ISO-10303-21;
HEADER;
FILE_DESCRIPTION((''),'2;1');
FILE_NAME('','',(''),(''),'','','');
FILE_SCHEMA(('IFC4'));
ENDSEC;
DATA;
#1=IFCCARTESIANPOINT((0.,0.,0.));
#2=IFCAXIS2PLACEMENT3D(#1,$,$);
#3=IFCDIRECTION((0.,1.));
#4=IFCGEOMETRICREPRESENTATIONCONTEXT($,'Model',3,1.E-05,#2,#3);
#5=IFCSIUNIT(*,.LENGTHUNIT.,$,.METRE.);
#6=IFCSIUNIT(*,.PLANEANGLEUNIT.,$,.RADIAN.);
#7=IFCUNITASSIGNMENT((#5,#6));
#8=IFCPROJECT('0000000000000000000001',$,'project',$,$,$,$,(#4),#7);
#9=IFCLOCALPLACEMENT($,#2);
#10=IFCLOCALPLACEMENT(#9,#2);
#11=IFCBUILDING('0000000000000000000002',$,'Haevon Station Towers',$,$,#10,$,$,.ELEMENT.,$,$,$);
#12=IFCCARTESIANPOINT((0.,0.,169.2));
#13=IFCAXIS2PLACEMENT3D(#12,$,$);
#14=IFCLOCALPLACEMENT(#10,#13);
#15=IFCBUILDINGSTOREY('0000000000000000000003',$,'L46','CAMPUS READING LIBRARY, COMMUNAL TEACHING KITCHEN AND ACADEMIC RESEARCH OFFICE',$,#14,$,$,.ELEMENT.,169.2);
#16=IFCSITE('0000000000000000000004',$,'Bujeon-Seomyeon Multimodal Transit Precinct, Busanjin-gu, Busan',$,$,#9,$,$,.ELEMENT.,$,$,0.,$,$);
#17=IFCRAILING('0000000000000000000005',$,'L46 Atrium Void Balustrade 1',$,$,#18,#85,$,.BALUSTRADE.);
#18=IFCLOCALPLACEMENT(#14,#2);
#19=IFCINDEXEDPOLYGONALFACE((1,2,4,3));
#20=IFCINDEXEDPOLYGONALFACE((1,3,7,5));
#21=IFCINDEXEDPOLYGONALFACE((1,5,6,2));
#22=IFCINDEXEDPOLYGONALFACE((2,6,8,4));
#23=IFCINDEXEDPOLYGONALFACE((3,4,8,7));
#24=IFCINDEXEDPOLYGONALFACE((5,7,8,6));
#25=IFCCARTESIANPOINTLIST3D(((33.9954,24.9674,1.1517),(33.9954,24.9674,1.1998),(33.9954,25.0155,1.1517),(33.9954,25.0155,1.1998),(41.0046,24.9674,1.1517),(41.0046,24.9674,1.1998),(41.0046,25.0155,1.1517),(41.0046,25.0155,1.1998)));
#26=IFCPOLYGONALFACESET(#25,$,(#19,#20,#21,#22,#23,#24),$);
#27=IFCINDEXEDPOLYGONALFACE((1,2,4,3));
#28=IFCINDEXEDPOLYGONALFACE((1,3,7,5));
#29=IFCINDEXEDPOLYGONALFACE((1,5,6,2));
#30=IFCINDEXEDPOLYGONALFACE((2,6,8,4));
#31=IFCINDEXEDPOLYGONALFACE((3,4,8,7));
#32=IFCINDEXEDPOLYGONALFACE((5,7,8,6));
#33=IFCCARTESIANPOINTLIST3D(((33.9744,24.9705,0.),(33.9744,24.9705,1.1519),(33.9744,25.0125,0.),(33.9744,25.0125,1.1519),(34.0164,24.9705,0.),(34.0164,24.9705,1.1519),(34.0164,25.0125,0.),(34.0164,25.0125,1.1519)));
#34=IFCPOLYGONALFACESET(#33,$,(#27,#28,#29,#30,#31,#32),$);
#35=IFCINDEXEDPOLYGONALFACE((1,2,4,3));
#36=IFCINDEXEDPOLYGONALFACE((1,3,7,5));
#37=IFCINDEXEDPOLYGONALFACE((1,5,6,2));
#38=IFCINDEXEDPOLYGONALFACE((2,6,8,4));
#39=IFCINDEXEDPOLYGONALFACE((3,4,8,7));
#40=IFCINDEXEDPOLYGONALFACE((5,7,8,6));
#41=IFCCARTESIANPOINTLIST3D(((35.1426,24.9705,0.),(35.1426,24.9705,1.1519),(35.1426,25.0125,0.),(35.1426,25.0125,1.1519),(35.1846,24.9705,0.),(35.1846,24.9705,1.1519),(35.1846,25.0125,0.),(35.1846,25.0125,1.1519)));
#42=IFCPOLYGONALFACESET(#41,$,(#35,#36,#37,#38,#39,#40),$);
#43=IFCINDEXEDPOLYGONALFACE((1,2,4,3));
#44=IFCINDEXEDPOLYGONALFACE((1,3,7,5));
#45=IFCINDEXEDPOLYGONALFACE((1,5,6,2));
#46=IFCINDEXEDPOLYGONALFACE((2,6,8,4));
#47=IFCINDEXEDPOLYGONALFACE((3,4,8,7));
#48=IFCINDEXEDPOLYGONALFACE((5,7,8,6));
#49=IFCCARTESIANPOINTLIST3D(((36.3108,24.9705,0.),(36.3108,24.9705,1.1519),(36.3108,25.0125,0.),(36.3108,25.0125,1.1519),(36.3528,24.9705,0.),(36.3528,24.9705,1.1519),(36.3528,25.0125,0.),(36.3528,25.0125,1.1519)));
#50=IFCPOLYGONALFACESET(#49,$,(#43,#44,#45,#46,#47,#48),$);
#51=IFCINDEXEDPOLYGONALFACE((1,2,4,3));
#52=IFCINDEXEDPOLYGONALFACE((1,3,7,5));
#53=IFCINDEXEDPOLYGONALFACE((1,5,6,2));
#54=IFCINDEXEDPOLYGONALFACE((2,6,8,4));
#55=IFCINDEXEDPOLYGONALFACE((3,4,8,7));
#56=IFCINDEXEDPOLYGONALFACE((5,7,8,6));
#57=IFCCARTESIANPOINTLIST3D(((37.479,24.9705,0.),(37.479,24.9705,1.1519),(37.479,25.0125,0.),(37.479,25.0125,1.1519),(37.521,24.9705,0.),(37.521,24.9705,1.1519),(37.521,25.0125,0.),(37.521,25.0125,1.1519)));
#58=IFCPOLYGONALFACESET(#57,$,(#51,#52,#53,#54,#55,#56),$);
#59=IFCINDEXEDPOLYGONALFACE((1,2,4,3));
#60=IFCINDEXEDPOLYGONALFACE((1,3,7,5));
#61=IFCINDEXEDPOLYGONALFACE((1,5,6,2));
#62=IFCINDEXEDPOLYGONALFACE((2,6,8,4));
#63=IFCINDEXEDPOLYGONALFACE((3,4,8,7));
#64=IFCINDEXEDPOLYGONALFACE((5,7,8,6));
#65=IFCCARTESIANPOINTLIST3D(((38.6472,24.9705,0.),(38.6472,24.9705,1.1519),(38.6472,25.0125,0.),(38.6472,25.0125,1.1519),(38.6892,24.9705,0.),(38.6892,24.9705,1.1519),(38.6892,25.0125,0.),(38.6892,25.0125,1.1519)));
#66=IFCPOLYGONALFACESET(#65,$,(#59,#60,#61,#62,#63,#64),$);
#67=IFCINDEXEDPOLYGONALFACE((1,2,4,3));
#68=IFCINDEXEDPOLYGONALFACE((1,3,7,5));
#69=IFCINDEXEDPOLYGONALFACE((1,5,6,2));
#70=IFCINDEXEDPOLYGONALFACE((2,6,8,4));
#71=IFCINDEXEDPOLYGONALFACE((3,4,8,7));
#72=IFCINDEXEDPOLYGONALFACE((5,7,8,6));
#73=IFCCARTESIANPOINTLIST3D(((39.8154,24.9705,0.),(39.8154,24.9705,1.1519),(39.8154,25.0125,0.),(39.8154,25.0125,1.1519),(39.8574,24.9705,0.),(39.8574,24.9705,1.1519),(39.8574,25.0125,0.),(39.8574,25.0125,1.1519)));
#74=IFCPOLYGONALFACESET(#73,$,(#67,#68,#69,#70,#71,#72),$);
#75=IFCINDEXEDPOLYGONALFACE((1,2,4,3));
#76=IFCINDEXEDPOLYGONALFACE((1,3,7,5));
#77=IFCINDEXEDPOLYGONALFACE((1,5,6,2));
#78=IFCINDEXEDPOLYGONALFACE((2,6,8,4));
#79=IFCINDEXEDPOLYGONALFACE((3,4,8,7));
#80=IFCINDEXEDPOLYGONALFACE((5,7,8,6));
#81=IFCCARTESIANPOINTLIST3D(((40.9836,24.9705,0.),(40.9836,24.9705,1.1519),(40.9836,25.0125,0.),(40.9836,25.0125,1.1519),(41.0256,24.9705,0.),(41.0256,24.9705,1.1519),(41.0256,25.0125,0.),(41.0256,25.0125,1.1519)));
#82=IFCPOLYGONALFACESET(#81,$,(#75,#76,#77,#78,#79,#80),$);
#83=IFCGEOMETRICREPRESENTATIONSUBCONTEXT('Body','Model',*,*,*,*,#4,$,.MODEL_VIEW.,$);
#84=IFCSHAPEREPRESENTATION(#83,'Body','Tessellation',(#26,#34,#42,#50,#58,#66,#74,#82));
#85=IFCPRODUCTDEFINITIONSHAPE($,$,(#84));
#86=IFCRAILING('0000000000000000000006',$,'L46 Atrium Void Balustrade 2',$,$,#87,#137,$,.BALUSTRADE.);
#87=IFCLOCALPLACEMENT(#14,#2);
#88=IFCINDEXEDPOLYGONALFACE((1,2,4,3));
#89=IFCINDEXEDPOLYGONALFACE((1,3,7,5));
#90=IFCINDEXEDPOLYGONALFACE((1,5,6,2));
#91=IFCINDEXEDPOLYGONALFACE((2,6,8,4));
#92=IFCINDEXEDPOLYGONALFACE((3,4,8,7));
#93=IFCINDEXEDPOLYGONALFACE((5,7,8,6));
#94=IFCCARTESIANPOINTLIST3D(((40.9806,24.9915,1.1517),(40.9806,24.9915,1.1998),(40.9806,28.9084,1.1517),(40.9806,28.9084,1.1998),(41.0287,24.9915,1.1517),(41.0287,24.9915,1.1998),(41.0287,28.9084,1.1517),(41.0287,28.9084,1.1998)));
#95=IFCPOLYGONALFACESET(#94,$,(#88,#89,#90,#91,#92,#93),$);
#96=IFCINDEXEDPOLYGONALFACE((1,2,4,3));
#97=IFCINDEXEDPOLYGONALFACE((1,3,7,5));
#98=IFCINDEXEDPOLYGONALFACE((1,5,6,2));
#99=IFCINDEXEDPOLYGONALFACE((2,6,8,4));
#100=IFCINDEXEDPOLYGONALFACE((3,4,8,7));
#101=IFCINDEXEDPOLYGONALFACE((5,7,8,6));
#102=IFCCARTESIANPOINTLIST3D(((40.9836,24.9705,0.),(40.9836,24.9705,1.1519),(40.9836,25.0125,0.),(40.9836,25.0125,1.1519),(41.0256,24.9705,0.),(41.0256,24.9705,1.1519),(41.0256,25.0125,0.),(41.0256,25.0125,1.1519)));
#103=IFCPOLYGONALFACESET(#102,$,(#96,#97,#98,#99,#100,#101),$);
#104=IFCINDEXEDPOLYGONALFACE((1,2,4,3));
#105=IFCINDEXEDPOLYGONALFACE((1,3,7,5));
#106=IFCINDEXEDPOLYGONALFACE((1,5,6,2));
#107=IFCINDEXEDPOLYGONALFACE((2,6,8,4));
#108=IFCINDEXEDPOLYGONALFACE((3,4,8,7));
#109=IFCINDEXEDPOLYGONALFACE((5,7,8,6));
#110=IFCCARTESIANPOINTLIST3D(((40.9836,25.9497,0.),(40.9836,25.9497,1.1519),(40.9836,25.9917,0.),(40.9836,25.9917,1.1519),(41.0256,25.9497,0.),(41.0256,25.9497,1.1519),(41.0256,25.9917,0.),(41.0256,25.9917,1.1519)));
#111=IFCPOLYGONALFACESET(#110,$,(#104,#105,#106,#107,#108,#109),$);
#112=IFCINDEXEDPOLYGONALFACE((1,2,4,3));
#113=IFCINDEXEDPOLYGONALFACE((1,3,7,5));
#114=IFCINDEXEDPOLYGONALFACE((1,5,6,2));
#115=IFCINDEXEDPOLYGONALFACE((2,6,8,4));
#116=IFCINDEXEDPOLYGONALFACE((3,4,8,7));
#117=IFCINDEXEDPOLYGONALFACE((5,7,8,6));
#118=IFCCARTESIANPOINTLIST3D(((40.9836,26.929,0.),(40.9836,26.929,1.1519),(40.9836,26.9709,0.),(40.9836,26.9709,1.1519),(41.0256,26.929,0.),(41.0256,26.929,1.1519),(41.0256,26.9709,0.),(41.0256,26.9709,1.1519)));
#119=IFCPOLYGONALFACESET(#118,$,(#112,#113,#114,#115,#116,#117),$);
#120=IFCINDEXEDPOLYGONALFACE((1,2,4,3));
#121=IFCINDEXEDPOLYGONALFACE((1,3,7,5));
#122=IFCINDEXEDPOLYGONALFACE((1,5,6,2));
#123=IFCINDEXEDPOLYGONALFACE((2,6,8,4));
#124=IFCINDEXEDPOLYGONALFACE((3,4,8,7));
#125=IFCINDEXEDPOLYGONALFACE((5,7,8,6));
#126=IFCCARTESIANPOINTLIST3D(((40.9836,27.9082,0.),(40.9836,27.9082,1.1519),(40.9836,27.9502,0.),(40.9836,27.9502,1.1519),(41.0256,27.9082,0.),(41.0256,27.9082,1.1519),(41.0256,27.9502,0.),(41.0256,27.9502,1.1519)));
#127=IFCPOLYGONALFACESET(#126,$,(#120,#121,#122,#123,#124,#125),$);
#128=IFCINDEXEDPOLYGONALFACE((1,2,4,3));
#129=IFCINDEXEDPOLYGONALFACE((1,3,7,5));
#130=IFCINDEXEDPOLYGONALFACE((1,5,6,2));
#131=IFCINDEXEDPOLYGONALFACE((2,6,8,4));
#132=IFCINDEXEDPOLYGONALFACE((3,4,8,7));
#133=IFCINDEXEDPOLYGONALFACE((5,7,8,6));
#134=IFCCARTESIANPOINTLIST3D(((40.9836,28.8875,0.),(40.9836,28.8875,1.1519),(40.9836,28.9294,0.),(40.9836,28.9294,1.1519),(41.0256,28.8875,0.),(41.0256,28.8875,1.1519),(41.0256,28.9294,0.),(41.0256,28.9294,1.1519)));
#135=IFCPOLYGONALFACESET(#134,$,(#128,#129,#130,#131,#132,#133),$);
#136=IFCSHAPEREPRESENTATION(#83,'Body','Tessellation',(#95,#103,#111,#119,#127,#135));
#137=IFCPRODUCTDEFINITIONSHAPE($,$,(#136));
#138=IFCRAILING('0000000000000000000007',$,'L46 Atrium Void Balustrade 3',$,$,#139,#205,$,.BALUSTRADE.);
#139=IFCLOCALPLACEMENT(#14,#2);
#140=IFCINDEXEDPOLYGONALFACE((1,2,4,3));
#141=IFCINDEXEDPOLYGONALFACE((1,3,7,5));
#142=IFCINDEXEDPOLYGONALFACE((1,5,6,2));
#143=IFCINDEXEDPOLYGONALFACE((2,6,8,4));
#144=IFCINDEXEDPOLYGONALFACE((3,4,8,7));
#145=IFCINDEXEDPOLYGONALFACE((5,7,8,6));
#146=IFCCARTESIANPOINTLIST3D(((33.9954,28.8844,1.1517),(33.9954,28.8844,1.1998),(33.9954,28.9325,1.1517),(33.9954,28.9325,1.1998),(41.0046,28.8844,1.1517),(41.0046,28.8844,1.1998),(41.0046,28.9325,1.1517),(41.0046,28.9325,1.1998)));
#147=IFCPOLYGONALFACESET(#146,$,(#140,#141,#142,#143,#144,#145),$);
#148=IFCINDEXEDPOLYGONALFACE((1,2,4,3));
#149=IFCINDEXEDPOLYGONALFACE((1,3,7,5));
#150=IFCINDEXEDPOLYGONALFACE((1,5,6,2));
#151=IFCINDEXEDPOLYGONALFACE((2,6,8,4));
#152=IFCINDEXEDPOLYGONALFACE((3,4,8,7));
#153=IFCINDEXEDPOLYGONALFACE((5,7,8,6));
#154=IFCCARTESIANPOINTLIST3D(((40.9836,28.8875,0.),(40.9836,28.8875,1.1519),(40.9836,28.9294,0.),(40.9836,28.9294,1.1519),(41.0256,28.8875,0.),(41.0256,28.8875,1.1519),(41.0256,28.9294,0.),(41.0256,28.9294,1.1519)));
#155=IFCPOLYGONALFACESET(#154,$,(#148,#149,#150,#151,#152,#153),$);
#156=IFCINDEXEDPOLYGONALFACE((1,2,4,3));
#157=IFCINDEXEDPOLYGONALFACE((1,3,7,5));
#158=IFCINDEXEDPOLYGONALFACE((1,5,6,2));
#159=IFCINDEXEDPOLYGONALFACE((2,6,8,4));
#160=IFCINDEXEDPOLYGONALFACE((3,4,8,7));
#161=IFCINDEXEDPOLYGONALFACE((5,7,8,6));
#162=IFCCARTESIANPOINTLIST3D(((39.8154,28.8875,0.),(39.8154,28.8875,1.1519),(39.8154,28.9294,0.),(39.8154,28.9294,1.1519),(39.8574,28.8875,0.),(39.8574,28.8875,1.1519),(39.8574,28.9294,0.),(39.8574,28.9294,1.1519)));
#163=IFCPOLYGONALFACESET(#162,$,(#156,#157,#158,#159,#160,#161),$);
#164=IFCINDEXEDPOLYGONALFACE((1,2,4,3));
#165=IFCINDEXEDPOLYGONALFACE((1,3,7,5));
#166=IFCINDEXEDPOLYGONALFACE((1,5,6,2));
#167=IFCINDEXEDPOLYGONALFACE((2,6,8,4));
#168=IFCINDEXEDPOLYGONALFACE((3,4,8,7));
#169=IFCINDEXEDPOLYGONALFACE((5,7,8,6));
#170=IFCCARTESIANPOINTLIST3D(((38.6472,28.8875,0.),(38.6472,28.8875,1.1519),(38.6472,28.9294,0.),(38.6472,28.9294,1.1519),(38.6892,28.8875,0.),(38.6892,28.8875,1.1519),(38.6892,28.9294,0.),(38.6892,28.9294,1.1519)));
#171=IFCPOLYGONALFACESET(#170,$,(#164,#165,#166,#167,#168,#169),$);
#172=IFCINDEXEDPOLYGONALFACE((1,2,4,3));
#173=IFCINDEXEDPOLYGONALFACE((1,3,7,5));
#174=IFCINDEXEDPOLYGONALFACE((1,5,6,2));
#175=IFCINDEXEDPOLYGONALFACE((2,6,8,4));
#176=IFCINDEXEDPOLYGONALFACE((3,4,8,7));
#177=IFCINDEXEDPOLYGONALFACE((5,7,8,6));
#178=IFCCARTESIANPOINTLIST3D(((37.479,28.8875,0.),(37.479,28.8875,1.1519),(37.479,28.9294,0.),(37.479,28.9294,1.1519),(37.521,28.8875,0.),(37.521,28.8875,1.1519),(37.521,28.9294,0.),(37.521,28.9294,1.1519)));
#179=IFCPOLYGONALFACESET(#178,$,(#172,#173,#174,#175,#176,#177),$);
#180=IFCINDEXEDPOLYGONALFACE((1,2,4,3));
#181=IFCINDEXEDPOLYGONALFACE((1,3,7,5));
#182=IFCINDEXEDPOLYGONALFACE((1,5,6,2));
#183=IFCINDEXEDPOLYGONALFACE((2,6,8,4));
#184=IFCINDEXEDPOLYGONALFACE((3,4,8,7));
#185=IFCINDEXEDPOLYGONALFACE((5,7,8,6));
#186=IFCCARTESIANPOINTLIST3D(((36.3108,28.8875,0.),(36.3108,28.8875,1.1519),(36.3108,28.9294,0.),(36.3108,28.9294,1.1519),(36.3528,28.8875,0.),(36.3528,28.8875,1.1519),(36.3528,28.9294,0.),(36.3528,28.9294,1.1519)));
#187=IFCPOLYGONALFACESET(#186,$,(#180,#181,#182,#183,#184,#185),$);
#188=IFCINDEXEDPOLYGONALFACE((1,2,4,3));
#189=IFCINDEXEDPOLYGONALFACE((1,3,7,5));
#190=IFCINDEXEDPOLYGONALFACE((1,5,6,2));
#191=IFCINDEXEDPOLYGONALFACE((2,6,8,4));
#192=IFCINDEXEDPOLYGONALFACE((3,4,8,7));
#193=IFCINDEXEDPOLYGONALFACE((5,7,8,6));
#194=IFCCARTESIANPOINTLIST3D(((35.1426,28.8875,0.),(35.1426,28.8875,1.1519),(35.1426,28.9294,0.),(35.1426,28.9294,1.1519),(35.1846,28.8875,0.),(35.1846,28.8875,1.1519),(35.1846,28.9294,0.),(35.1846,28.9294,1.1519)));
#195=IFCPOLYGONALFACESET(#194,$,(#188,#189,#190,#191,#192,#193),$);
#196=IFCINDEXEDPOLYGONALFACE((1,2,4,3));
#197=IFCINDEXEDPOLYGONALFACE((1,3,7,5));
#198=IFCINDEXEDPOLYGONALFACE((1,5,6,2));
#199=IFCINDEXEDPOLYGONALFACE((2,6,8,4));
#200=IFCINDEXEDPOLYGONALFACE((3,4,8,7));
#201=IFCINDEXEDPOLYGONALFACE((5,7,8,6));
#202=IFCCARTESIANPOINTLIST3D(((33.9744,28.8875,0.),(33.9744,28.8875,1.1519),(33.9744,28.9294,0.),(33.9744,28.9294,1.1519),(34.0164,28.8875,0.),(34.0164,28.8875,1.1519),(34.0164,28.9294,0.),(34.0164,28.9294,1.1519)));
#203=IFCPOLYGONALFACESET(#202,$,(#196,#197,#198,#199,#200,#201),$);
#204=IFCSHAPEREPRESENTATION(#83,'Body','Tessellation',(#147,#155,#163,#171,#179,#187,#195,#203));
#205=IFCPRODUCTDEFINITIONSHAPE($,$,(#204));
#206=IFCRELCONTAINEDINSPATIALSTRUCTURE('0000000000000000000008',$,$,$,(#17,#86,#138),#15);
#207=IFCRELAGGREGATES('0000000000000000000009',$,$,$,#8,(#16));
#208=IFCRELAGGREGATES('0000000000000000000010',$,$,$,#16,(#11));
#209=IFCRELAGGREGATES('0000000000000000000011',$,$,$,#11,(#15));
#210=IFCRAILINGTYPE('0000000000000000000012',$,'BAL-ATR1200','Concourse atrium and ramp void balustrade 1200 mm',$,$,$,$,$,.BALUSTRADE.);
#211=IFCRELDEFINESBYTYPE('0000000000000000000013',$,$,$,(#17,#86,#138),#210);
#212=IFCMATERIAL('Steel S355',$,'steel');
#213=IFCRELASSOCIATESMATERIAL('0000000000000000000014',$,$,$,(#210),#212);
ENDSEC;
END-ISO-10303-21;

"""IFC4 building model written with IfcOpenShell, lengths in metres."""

from ifc_helpers import new_model, si_unit, direction, frame, origin, origin_2d, place, context, subcontext, project, spatial, rectangle, extrude, material, type_object, element, save


model = new_model("IFC4")

# Units and contexts
model_context = context("Model", 3, precision=1e-05, world=origin(), true_north=direction((0.0, 1.0)))
body_context = subcontext(model_context, "Body", "Model", "MODEL_VIEW")
ifc_project = project(units=[si_unit("LENGTHUNIT", "METRE"), si_unit("PLANEANGLEUNIT", "RADIAN")], contexts=[model_context])

# Site, building, storey
site_placement = place(None, origin())
site = spatial("IfcSite", under=ifc_project, at=site_placement, Name="Bujeon-Seomyeon Multimodal Transit Precinct, Busanjin-gu, Busan", CompositionType="ELEMENT", RefElevation=0.0)
building_placement = place(site_placement, origin())
building = spatial("IfcBuilding", under=site, at=building_placement, Name="Haevon Station Towers", CompositionType="ELEMENT")
storey_placement = place(building_placement, frame((0.0, 0.0, 169.2)))
storey = spatial("IfcBuildingStorey", under=building, at=storey_placement, Name="L46", Description="CAMPUS READING LIBRARY, COMMUNAL TEACHING KITCHEN AND ACADEMIC RESEARCH OFFICE", CompositionType="ELEMENT", Elevation=169.2)

# Shared definitions
ifc_material_1 = material(Name="Steel S355", Category="steel")

# Railings
railing_type = type_object("IfcRailingType", Name="BAL-ATR1200", Description="Concourse atrium and ramp void balustrade 1200 mm", PredefinedType="BALUSTRADE", material=ifc_material_1)
railing_1_placement = place(storey_placement, frame((33.9954, 24.9915, 0.0)))
element("IfcRailing", 1, at=railing_1_placement, inside=storey, type_object=railing_type, Name="L46 Atrium Void Balustrade 1", PredefinedType="BALUSTRADE", context=body_context, shape_type="SweptSolid", body=[
    extrude(rectangle(XDim=0.0481, YDim=0.0481, at=origin_2d()), frame((0.0, 0.0, 1.1758), z_axis=(1.0, 0.0, 0.0), x_axis=(0.0, 1.0, 0.0)), (0.0, 0.0, 1.0), 7.0093),
    extrude(rectangle(XDim=0.042, YDim=0.042, at=origin_2d()), origin(), (0.0, 0.0, 1.0), 1.1519),
    extrude(rectangle(XDim=0.042, YDim=0.042, at=origin_2d()), frame((1.1682, 0.0, 0.0)), (0.0, 0.0, 1.0), 1.1519),
    extrude(rectangle(XDim=0.042, YDim=0.042, at=origin_2d()), frame((2.3364, 0.0, 0.0)), (0.0, 0.0, 1.0), 1.1519),
    extrude(rectangle(XDim=0.042, YDim=0.042, at=origin_2d()), frame((3.5046, 0.0, 0.0)), (0.0, 0.0, 1.0), 1.1519),
    extrude(rectangle(XDim=0.042, YDim=0.042, at=origin_2d()), frame((4.6729, 0.0, 0.0)), (0.0, 0.0, 1.0), 1.1519),
    extrude(rectangle(XDim=0.042, YDim=0.042, at=origin_2d()), frame((5.8411, 0.0, 0.0)), (0.0, 0.0, 1.0), 1.1519),
    extrude(rectangle(XDim=0.042, YDim=0.042, at=origin_2d()), frame((7.0093, 0.0, 0.0)), (0.0, 0.0, 1.0), 1.1519),
])
railing_2_placement = place(storey_placement, frame((41.0046, 24.9915, 0.0)))
element("IfcRailing", 2, at=railing_2_placement, inside=storey, type_object=railing_type, Name="L46 Atrium Void Balustrade 2", PredefinedType="BALUSTRADE", context=body_context, shape_type="SweptSolid", body=[
    extrude(rectangle(XDim=0.0481, YDim=0.0481, at=origin_2d()), frame((0.0, 0.0, 1.1758), z_axis=(0.0, 1.0, 0.0), x_axis=(-1.0, 0.0, 0.0)), (0.0, 0.0, 1.0), 3.917),
    extrude(rectangle(XDim=0.042, YDim=0.042, at=origin_2d()), origin(), (0.0, 0.0, 1.0), 1.1519),
    extrude(rectangle(XDim=0.042, YDim=0.042, at=origin_2d()), frame((0.0, 0.9792, 0.0)), (0.0, 0.0, 1.0), 1.1519),
    extrude(rectangle(XDim=0.042, YDim=0.042, at=origin_2d()), frame((0.0, 1.9585, 0.0)), (0.0, 0.0, 1.0), 1.1519),
    extrude(rectangle(XDim=0.042, YDim=0.042, at=origin_2d()), frame((0.0, 2.9377, 0.0)), (0.0, 0.0, 1.0), 1.1519),
    extrude(rectangle(XDim=0.042, YDim=0.042, at=origin_2d()), frame((0.0, 3.917, 0.0)), (0.0, 0.0, 1.0), 1.1519),
])
railing_3_placement = place(storey_placement, frame((41.0046, 28.9084, 0.0)))
element("IfcRailing", 3, at=railing_3_placement, inside=storey, type_object=railing_type, Name="L46 Atrium Void Balustrade 3", PredefinedType="BALUSTRADE", context=body_context, shape_type="SweptSolid", body=[
    extrude(rectangle(XDim=0.0481, YDim=0.0481, at=origin_2d()), frame((0.0, 0.0, 1.1758), z_axis=(-1.0, 0.0, 0.0), x_axis=(0.0, -1.0, 0.0)), (0.0, 0.0, 1.0), 7.0093),
    extrude(rectangle(XDim=0.042, YDim=0.042, at=origin_2d()), origin(), (0.0, 0.0, 1.0), 1.1519),
    extrude(rectangle(XDim=0.042, YDim=0.042, at=origin_2d()), frame((-1.1682, 0.0, 0.0)), (0.0, 0.0, 1.0), 1.1519),
    extrude(rectangle(XDim=0.042, YDim=0.042, at=origin_2d()), frame((-2.3364, 0.0, 0.0)), (0.0, 0.0, 1.0), 1.1519),
    extrude(rectangle(XDim=0.042, YDim=0.042, at=origin_2d()), frame((-3.5046, 0.0, 0.0)), (0.0, 0.0, 1.0), 1.1519),
    extrude(rectangle(XDim=0.042, YDim=0.042, at=origin_2d()), frame((-4.6729, 0.0, 0.0)), (0.0, 0.0, 1.0), 1.1519),
    extrude(rectangle(XDim=0.042, YDim=0.042, at=origin_2d()), frame((-5.8411, 0.0, 0.0)), (0.0, 0.0, 1.0), 1.1519),
    extrude(rectangle(XDim=0.042, YDim=0.042, at=origin_2d()), frame((-7.0093, 0.0, 0.0)), (0.0, 0.0, 1.0), 1.1519),
])

save(model, "model.ifc")
